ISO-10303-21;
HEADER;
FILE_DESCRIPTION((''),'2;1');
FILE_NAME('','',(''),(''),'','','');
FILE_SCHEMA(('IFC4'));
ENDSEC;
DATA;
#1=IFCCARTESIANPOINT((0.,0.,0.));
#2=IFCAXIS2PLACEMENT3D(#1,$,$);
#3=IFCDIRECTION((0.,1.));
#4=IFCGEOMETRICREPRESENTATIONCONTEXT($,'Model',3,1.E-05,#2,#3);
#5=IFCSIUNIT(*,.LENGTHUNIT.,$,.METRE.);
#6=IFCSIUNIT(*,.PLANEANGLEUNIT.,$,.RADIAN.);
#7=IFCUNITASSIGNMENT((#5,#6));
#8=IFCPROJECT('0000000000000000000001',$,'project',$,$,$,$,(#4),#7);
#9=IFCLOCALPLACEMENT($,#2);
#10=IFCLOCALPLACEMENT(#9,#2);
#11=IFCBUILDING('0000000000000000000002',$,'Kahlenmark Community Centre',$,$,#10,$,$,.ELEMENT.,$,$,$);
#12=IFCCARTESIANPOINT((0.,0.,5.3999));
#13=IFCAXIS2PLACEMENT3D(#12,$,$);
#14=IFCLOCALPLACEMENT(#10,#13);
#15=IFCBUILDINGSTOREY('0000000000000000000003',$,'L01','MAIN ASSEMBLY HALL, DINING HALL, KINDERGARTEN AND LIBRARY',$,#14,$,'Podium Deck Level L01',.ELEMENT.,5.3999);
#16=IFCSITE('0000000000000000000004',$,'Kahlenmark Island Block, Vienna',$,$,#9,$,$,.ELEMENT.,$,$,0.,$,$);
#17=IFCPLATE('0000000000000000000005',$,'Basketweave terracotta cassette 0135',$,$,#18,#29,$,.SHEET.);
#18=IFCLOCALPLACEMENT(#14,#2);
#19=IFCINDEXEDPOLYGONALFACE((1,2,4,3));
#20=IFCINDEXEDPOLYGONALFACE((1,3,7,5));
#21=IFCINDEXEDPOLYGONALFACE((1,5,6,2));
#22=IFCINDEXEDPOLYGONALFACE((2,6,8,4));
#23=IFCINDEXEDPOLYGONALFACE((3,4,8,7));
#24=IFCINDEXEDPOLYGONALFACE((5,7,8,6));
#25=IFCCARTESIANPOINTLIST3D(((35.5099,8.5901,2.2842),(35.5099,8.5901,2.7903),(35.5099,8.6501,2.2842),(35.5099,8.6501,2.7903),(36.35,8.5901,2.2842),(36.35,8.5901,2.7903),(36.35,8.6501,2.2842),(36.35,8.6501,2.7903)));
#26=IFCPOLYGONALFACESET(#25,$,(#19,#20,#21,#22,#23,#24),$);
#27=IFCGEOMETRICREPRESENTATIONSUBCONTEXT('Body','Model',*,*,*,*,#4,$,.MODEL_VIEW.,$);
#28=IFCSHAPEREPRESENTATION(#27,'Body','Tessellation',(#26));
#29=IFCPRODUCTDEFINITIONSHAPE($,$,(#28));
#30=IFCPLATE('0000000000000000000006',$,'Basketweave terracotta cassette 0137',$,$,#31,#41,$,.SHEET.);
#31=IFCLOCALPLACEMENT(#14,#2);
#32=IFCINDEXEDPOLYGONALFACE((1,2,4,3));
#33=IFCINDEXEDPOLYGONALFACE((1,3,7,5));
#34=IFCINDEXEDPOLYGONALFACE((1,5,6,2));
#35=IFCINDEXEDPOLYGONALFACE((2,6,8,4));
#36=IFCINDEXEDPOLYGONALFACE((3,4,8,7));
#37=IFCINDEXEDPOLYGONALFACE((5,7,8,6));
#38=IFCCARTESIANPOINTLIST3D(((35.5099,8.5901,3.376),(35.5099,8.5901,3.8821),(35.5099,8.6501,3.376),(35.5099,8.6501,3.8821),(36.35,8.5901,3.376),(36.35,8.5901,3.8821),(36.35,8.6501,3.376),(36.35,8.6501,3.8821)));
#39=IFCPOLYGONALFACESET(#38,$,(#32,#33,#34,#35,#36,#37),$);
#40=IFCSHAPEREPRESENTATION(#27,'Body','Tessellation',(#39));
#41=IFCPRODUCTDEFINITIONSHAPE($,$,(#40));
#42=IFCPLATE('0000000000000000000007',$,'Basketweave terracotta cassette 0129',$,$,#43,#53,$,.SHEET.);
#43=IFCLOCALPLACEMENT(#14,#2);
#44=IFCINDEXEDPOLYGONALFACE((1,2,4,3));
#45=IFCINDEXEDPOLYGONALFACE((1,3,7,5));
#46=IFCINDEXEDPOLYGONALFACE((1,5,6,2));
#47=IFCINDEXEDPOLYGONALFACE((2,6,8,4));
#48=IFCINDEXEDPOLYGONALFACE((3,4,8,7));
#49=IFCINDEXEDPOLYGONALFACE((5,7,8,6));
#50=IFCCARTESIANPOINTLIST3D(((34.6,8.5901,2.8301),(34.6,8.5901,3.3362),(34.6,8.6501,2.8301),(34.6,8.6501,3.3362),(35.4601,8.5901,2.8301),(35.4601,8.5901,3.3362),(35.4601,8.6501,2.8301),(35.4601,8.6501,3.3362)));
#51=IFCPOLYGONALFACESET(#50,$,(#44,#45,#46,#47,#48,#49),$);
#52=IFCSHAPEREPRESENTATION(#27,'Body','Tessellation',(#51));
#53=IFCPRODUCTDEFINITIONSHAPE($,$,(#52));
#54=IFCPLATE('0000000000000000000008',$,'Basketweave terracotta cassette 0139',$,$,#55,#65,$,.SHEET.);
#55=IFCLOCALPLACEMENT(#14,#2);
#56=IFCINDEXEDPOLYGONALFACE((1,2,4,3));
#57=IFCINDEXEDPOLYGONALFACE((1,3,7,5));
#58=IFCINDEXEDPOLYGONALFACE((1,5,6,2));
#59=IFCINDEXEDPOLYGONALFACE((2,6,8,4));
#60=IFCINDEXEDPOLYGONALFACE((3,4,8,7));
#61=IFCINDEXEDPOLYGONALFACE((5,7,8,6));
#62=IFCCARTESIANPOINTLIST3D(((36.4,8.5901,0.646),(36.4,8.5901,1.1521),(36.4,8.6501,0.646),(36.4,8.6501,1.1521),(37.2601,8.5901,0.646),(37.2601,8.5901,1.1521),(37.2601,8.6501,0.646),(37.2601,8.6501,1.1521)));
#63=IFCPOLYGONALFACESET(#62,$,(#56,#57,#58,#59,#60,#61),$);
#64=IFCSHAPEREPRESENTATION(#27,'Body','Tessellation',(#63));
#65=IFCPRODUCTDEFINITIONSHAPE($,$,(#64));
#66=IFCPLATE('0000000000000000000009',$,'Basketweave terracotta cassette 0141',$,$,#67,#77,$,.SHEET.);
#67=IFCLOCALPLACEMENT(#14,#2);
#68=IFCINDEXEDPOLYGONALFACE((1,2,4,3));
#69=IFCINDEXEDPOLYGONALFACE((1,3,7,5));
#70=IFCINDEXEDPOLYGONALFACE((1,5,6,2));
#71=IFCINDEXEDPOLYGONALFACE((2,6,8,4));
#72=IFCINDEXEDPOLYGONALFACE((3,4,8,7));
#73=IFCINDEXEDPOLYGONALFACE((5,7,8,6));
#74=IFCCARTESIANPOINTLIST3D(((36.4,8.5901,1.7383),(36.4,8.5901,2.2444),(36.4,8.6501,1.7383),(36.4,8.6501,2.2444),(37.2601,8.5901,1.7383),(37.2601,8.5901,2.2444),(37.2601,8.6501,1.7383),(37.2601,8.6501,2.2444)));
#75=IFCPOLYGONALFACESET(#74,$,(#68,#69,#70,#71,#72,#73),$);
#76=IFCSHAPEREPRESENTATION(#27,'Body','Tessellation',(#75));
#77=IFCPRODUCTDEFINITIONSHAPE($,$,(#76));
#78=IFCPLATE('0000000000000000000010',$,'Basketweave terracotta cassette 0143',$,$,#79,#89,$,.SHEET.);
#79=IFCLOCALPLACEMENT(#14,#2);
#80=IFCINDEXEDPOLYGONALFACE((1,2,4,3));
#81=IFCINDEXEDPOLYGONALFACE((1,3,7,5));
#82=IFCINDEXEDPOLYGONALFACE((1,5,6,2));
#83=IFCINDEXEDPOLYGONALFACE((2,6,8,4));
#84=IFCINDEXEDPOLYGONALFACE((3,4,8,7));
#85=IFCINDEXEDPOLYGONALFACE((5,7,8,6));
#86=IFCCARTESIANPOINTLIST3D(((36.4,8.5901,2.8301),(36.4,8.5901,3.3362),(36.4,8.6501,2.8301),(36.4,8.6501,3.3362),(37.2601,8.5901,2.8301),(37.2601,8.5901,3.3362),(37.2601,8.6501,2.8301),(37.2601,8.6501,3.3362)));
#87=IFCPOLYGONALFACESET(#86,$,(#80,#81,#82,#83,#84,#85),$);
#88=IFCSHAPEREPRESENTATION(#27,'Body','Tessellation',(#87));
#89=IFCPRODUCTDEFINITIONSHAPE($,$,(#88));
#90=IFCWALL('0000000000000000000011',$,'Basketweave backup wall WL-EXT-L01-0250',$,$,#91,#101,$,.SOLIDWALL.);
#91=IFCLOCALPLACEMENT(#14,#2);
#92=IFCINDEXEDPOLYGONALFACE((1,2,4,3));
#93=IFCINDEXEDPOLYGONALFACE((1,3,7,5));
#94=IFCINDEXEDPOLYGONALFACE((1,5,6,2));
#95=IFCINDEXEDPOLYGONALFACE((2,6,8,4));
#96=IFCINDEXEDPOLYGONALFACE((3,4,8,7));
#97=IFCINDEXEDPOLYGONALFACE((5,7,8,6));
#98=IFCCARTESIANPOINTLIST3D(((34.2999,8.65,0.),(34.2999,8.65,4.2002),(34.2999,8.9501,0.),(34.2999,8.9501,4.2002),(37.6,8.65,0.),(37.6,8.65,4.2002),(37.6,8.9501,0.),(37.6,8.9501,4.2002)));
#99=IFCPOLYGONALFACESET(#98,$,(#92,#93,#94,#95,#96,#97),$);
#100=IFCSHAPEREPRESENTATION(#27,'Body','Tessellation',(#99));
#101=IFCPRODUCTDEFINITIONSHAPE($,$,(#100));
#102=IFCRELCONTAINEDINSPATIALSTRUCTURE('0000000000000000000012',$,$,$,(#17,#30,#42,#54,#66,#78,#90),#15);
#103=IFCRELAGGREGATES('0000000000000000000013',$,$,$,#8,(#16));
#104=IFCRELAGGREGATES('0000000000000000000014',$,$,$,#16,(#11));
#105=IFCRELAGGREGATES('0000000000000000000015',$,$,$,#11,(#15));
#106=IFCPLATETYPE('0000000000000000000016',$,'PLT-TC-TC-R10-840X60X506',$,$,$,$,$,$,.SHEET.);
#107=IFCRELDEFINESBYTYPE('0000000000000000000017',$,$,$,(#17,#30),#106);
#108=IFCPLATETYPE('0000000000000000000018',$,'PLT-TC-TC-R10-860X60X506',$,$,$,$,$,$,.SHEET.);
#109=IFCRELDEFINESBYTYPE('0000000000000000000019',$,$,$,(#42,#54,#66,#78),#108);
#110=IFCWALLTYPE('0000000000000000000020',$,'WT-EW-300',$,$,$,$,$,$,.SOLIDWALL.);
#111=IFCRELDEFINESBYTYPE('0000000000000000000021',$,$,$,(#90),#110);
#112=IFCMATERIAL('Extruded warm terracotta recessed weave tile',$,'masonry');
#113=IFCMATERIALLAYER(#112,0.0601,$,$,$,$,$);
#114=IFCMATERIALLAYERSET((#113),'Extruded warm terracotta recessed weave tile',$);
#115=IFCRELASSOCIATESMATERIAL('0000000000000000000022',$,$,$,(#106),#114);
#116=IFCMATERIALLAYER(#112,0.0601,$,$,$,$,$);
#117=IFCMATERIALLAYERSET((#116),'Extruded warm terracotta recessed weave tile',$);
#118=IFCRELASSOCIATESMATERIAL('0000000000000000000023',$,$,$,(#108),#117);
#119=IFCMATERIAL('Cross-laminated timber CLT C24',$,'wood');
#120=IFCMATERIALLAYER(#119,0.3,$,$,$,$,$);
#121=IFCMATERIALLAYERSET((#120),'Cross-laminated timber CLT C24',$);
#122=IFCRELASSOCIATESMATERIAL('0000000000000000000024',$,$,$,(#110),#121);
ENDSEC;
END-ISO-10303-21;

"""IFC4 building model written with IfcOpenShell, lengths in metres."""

from ifc_helpers import new_model, si_unit, direction, frame, frame_2d, origin, origin_2d, place, context, subcontext, project, spatial, rectangle, extrude, material, layer, layer_set, type_object, element, save


model = new_model("IFC4")

# Units and contexts
model_context = context("Model", 3, precision=1e-05, world=origin(), true_north=direction((0.0, 1.0)))
body_context = subcontext(model_context, "Body", "Model", "MODEL_VIEW")
ifc_project = project(units=[si_unit("LENGTHUNIT", "METRE"), si_unit("PLANEANGLEUNIT", "RADIAN")], contexts=[model_context])

# Site, building, storey
site_placement = place(None, origin())
site = spatial("IfcSite", under=ifc_project, at=site_placement, Name="Kahlenmark Island Block, Vienna", CompositionType="ELEMENT", RefElevation=0.0)
building_placement = place(site_placement, origin())
building = spatial("IfcBuilding", under=site, at=building_placement, Name="Kahlenmark Community Centre", CompositionType="ELEMENT")
storey_placement = place(building_placement, frame((0.0, 0.0, 5.3999)))
storey = spatial("IfcBuildingStorey", under=building, at=storey_placement, Name="L01", Description="MAIN ASSEMBLY HALL, DINING HALL, KINDERGARTEN AND LIBRARY", LongName="Podium Deck Level L01", CompositionType="ELEMENT", Elevation=5.3999)

# Plates
ifc_material_1 = material(Name="Extruded warm terracotta recessed weave tile", Category="masonry")
ifc_layer_1 = layer(ifc_material_1, 0.0601)
ifc_layer_set_1 = layer_set([ifc_layer_1], Name="Extruded warm terracotta recessed weave tile")
plate_type_1 = type_object("IfcPlateType", Name="PLT-TC-TC-R10-840X60X506", PredefinedType="SHEET", material=ifc_layer_set_1)
for number, where, z_axis, x_axis, name in (
    (1, (35.9299, 8.6201, 2.2842), (0.0, 0.0, 1.0), (1.0, 0.0, 0.0), "Basketweave terracotta cassette 0135"),
    (2, (35.9299, 8.6201, 3.376), (0.0, 0.0, 1.0), (1.0, 0.0, 0.0), "Basketweave terracotta cassette 0137"),
):
    element("IfcPlate", number, at=place(storey_placement, frame(where, z_axis=z_axis, x_axis=x_axis)), inside=storey, type_object=plate_type_1, Name=name, PredefinedType="SHEET", context=body_context, shape_type="SweptSolid", body=[
        extrude(rectangle(XDim=0.8401, YDim=0.0601, at=origin_2d()), origin(), (0.0, 0.0, 1.0), 0.5061),
    ])
ifc_layer_2 = layer(ifc_material_1, 0.0601)
ifc_layer_set_2 = layer_set([ifc_layer_2], Name="Extruded warm terracotta recessed weave tile")
plate_type_2 = type_object("IfcPlateType", Name="PLT-TC-TC-R10-860X60X506", PredefinedType="SHEET", material=ifc_layer_set_2)
for number, where, z_axis, x_axis, name in (
    (3, (35.03, 8.6201, 2.8301), (0.0, 0.0, 1.0), (1.0, 0.0, 0.0), "Basketweave terracotta cassette 0129"),
    (4, (36.8301, 8.6201, 0.646), (0.0, 0.0, 1.0), (1.0, 0.0, 0.0), "Basketweave terracotta cassette 0139"),
    (5, (36.8301, 8.6201, 1.7383), (0.0, 0.0, 1.0), (1.0, 0.0, 0.0), "Basketweave terracotta cassette 0141"),
    (6, (36.8301, 8.6201, 2.8301), (0.0, 0.0, 1.0), (1.0, 0.0, 0.0), "Basketweave terracotta cassette 0143"),
):
    element("IfcPlate", number, at=place(storey_placement, frame(where, z_axis=z_axis, x_axis=x_axis)), inside=storey, type_object=plate_type_2, Name=name, PredefinedType="SHEET", context=body_context, shape_type="SweptSolid", body=[
        extrude(rectangle(XDim=0.8601, YDim=0.0601, at=origin_2d()), origin(), (0.0, 0.0, 1.0), 0.5061),
    ])

# Wall
ifc_material_2 = material(Name="Cross-laminated timber CLT C24", Category="wood")
ifc_layer_3 = layer(ifc_material_2, 0.3)
ifc_layer_set_3 = layer_set([ifc_layer_3], Name="Cross-laminated timber CLT C24")
wall_type = type_object("IfcWallType", Name="WT-EW-300", PredefinedType="SOLIDWALL", material=ifc_layer_set_3)
wall_placement = place(storey_placement, frame((34.3, 8.8, 0.0), z_axis=(0.0, 0.0, 1.0), x_axis=(1.0, 0.0, 0.0)))
element("IfcWall", 7, at=wall_placement, inside=storey, type_object=wall_type, Name="Basketweave backup wall WL-EXT-L01-0250", PredefinedType="SOLIDWALL", context=body_context, shape_type="SweptSolid", body=[
    extrude(rectangle(XDim=3.3, YDim=0.3, at=frame_2d((1.6499, 0.0))), origin(), (0.0, 0.0, 1.0), 4.2002),
])

save(model, "model.ifc")
